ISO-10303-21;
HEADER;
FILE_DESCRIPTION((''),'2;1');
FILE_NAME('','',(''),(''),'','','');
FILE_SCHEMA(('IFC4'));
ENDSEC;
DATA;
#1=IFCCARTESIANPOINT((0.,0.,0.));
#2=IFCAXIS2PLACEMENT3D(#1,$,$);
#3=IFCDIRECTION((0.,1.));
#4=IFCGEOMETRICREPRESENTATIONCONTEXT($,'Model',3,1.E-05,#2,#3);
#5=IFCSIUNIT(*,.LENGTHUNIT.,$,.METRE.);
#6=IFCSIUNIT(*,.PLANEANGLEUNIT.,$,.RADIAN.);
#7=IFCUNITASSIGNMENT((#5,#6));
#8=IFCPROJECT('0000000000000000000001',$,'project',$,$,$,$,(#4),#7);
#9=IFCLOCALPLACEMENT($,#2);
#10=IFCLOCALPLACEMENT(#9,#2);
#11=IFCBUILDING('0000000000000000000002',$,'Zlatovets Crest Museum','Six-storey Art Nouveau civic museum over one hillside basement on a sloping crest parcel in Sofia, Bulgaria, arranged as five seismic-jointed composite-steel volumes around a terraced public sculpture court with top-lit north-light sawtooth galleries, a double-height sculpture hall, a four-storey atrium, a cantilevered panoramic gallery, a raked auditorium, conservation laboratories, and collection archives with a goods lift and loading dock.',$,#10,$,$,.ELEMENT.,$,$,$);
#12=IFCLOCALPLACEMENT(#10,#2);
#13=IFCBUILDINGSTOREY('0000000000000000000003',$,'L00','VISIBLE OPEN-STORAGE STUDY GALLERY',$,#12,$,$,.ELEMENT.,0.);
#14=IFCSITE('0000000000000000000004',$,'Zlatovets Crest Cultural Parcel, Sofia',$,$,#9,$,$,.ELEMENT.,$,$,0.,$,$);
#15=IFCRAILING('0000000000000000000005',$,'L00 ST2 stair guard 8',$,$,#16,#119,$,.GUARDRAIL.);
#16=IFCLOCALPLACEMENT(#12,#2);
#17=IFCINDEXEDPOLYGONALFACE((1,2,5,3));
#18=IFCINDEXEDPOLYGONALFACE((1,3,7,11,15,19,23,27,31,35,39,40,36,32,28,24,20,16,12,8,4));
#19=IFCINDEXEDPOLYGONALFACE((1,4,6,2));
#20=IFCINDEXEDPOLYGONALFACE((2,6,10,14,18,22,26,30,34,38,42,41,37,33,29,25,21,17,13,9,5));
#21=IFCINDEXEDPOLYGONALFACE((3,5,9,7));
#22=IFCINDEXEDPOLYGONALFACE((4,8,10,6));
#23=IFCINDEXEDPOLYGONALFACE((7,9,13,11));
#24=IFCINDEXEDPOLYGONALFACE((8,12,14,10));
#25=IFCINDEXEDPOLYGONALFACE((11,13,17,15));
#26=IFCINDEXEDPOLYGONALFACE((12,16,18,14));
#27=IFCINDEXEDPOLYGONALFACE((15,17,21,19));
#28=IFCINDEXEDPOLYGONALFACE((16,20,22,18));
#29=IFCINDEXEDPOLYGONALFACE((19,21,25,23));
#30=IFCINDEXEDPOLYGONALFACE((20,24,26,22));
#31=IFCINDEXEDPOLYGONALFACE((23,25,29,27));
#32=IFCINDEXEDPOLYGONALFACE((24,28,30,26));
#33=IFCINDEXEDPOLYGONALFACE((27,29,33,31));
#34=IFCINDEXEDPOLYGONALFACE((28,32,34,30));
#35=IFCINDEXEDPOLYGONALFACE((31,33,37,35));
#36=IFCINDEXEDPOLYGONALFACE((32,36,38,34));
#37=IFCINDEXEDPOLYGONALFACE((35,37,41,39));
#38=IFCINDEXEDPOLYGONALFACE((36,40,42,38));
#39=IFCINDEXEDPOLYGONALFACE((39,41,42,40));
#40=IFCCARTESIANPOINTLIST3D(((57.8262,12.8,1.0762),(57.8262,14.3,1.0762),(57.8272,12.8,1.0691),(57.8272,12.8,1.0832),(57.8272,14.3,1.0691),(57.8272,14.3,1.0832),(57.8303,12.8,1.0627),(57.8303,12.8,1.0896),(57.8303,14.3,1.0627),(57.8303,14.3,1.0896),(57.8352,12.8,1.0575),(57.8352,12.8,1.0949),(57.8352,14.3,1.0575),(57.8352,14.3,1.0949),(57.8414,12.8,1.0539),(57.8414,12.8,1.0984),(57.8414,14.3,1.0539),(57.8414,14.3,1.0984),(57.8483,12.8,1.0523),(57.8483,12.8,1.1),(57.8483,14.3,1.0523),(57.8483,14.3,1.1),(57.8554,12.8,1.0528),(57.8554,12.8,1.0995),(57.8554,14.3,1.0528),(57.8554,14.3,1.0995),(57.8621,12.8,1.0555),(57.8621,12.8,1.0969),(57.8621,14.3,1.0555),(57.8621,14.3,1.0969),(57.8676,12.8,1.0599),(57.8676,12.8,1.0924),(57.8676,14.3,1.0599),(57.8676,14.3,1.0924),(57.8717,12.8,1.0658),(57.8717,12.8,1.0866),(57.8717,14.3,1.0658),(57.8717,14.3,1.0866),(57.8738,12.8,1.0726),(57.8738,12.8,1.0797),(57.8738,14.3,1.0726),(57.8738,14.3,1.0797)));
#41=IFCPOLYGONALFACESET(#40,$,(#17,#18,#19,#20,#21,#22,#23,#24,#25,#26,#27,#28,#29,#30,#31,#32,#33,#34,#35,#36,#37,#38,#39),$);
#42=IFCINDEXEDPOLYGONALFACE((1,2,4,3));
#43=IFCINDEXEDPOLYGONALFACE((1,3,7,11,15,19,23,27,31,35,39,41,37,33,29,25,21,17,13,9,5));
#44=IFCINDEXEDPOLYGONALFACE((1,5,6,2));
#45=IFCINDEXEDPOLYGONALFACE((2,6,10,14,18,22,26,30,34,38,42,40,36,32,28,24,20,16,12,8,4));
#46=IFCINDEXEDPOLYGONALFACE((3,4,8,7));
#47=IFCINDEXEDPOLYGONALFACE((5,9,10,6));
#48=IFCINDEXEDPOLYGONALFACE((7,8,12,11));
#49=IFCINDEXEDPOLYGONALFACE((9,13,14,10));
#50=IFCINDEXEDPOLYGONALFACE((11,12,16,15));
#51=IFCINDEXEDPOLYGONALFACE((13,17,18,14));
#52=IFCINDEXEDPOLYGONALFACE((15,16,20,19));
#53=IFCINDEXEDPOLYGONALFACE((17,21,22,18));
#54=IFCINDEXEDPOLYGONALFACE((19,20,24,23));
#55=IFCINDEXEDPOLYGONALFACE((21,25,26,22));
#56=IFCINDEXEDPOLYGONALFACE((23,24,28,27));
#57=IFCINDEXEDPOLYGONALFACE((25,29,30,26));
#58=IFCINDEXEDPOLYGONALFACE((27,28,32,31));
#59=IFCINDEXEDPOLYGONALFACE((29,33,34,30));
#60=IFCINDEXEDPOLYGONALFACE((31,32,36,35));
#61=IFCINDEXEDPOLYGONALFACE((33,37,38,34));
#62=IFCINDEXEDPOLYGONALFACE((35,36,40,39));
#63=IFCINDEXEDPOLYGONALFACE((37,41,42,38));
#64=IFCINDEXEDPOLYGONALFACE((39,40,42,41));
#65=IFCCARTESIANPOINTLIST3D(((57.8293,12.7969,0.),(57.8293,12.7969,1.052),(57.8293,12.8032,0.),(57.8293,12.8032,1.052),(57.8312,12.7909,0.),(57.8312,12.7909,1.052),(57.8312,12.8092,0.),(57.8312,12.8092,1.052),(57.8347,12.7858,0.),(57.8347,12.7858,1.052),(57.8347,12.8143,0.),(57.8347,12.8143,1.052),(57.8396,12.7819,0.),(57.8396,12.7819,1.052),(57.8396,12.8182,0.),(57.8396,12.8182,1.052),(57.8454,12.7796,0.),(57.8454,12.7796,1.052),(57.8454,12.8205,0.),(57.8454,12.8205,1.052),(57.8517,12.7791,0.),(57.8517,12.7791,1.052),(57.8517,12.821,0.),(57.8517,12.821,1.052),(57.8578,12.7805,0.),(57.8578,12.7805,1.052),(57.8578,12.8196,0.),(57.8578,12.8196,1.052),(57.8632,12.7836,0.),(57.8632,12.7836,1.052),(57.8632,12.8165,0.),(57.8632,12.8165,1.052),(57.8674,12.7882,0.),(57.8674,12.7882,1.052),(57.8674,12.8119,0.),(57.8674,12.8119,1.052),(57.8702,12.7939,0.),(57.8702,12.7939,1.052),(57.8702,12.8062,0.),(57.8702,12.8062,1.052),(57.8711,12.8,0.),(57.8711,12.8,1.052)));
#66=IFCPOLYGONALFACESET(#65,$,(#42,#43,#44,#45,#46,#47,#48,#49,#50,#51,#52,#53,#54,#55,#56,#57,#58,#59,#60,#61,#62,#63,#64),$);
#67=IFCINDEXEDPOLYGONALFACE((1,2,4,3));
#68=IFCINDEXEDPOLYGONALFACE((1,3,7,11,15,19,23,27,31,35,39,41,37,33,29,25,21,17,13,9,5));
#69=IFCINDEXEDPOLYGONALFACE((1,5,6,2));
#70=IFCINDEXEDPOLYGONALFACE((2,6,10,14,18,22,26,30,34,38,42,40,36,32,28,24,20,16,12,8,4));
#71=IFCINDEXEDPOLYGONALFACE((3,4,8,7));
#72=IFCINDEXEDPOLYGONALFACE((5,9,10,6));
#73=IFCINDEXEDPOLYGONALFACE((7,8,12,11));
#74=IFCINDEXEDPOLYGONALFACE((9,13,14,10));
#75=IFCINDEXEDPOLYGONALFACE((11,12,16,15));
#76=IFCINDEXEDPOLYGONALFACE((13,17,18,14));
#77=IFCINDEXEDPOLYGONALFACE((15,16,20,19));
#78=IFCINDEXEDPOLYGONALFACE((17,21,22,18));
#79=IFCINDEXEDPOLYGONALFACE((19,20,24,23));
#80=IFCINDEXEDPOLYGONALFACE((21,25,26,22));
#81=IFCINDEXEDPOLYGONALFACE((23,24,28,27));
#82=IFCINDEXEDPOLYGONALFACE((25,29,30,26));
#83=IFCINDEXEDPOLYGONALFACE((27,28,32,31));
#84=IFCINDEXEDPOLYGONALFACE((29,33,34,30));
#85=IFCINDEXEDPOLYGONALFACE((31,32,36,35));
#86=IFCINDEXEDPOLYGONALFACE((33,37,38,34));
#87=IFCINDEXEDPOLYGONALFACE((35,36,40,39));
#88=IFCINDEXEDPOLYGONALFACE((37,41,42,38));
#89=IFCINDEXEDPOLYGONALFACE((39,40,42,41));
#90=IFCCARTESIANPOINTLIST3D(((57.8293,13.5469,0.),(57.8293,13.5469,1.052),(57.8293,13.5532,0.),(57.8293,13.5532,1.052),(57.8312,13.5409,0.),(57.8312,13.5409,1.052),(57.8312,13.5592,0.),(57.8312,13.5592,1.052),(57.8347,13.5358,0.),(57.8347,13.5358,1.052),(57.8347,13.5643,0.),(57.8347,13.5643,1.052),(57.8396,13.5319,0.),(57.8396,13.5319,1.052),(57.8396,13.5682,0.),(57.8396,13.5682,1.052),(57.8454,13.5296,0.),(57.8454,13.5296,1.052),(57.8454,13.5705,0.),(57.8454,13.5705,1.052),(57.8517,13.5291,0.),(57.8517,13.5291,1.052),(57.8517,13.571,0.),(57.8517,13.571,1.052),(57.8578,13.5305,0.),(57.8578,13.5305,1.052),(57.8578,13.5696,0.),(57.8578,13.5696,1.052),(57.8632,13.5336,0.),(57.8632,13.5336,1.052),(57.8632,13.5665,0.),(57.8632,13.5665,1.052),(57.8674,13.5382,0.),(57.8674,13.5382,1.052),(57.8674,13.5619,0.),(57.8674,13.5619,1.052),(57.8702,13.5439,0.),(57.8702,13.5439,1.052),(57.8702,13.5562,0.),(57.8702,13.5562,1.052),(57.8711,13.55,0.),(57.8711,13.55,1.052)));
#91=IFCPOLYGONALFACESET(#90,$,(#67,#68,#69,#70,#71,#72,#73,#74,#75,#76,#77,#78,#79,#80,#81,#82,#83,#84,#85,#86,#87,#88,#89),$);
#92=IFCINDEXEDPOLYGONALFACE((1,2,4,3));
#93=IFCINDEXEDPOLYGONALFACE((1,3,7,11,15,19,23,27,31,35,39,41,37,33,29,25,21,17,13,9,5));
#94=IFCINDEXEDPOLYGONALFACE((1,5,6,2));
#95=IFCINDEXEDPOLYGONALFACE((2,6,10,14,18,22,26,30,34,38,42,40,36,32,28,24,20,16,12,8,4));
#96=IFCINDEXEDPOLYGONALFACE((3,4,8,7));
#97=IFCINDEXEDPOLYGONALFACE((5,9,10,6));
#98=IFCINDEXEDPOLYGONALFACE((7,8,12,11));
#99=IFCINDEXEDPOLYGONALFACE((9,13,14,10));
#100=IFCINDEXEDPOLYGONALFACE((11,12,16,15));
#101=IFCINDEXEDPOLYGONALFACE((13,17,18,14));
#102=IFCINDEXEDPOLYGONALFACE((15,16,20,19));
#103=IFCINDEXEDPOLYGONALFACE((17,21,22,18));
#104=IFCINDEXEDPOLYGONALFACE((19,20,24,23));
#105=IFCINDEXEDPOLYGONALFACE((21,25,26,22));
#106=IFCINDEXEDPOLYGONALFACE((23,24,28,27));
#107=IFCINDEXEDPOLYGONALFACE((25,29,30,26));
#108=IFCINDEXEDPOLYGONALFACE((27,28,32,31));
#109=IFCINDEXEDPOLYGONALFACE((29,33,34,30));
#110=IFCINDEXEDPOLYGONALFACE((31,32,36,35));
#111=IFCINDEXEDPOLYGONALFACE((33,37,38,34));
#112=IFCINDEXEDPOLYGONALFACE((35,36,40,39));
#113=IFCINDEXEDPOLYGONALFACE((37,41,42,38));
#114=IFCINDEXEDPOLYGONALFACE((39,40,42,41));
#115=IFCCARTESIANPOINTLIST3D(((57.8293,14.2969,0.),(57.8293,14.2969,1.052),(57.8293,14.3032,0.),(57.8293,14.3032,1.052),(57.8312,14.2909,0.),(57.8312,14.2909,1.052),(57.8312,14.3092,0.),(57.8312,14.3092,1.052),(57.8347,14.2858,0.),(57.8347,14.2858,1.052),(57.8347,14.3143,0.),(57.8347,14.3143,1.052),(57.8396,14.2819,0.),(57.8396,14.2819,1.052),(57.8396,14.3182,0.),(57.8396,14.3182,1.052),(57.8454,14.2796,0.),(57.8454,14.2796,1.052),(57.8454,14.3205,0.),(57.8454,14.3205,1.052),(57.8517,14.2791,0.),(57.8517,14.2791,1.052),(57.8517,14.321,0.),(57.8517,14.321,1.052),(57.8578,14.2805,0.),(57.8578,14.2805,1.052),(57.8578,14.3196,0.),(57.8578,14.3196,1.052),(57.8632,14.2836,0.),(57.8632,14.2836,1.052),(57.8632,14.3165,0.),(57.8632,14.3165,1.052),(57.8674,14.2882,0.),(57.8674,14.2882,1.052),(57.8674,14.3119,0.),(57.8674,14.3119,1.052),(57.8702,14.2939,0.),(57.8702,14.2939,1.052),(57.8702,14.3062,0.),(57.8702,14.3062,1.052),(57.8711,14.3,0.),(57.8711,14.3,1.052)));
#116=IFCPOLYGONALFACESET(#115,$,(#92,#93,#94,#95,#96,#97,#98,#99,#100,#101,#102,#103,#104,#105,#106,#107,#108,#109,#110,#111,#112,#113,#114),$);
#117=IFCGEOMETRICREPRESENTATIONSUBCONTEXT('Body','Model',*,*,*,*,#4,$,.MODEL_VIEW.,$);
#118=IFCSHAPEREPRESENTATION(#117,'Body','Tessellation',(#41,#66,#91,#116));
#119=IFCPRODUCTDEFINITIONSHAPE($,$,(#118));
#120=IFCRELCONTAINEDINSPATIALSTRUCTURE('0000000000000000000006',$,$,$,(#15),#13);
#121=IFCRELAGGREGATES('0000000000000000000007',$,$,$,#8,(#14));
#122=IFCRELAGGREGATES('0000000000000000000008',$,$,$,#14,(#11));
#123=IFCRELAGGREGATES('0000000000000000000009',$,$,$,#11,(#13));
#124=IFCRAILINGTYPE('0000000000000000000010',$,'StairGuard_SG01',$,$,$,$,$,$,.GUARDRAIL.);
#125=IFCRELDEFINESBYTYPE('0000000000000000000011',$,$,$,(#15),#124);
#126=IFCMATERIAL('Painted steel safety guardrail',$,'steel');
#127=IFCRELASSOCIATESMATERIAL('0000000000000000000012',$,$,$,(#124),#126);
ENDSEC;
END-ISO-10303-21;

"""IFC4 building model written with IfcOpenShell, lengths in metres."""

from ifc_helpers import new_model, si_unit, direction, frame, origin, origin_2d, place, context, subcontext, project, spatial, circle, extrude, material, type_object, element, save


model = new_model("IFC4")

# Units and contexts
model_context = context("Model", 3, precision=1e-05, world=origin(), true_north=direction((0.0, 1.0)))
body_context = subcontext(model_context, "Body", "Model", "MODEL_VIEW")
ifc_project = project(units=[si_unit("LENGTHUNIT", "METRE"), si_unit("PLANEANGLEUNIT", "RADIAN")], contexts=[model_context])

# Site, building, storey
site_placement = place(None, origin())
site = spatial("IfcSite", under=ifc_project, at=site_placement, Name="Zlatovets Crest Cultural Parcel, Sofia", CompositionType="ELEMENT", RefElevation=0.0)
building_placement = place(site_placement, origin())
building = spatial("IfcBuilding", under=site, at=building_placement, Name="Zlatovets Crest Museum", Description="Six-storey Art Nouveau civic museum over one hillside basement on a sloping crest parcel in Sofia, Bulgaria, arranged as five seismic-jointed composite-steel volumes around a terraced public sculpture court with top-lit north-light sawtooth galleries, a double-height sculpture hall, a four-storey atrium, a cantilevered panoramic gallery, a raked auditorium, conservation laboratories, and collection archives with a goods lift and loading dock.", CompositionType="ELEMENT")
storey_placement = place(building_placement, origin())
storey = spatial("IfcBuildingStorey", under=building, at=storey_placement, Name="L00", Description="VISIBLE OPEN-STORAGE STUDY GALLERY", CompositionType="ELEMENT", Elevation=0.0)

# Railing
ifc_material_1 = material(Name="Painted steel safety guardrail", Category="steel")
railing_type = type_object("IfcRailingType", Name="StairGuard_SG01", PredefinedType="GUARDRAIL", material=ifc_material_1)
for number, where, name in (
    (1, (57.8501, 12.8, 0.0), "L00 ST2 stair guard 8"),
):
    element("IfcRailing", number, at=place(storey_placement, frame(where)), inside=storey, type_object=railing_type, Name=name, PredefinedType="GUARDRAIL", context=body_context, shape_type="SweptSolid", body=[
        extrude(circle(Radius=0.0239, at=origin_2d()), frame((0.0, 0.0, 1.0762), z_axis=(0.0, 1.0, 0.0), x_axis=(-1.0, 0.0, 0.0)), (0.0, 0.0, 1.0), 1.5),
        extrude(circle(Radius=0.021, at=origin_2d()), origin(), (0.0, 0.0, 1.0), 1.052),
        extrude(circle(Radius=0.021, at=origin_2d()), frame((0.0, 0.75, 0.0)), (0.0, 0.0, 1.0), 1.052),
        extrude(circle(Radius=0.021, at=origin_2d()), frame((0.0, 1.5, 0.0)), (0.0, 0.0, 1.0), 1.052),
    ])

save(model, "model.ifc")
